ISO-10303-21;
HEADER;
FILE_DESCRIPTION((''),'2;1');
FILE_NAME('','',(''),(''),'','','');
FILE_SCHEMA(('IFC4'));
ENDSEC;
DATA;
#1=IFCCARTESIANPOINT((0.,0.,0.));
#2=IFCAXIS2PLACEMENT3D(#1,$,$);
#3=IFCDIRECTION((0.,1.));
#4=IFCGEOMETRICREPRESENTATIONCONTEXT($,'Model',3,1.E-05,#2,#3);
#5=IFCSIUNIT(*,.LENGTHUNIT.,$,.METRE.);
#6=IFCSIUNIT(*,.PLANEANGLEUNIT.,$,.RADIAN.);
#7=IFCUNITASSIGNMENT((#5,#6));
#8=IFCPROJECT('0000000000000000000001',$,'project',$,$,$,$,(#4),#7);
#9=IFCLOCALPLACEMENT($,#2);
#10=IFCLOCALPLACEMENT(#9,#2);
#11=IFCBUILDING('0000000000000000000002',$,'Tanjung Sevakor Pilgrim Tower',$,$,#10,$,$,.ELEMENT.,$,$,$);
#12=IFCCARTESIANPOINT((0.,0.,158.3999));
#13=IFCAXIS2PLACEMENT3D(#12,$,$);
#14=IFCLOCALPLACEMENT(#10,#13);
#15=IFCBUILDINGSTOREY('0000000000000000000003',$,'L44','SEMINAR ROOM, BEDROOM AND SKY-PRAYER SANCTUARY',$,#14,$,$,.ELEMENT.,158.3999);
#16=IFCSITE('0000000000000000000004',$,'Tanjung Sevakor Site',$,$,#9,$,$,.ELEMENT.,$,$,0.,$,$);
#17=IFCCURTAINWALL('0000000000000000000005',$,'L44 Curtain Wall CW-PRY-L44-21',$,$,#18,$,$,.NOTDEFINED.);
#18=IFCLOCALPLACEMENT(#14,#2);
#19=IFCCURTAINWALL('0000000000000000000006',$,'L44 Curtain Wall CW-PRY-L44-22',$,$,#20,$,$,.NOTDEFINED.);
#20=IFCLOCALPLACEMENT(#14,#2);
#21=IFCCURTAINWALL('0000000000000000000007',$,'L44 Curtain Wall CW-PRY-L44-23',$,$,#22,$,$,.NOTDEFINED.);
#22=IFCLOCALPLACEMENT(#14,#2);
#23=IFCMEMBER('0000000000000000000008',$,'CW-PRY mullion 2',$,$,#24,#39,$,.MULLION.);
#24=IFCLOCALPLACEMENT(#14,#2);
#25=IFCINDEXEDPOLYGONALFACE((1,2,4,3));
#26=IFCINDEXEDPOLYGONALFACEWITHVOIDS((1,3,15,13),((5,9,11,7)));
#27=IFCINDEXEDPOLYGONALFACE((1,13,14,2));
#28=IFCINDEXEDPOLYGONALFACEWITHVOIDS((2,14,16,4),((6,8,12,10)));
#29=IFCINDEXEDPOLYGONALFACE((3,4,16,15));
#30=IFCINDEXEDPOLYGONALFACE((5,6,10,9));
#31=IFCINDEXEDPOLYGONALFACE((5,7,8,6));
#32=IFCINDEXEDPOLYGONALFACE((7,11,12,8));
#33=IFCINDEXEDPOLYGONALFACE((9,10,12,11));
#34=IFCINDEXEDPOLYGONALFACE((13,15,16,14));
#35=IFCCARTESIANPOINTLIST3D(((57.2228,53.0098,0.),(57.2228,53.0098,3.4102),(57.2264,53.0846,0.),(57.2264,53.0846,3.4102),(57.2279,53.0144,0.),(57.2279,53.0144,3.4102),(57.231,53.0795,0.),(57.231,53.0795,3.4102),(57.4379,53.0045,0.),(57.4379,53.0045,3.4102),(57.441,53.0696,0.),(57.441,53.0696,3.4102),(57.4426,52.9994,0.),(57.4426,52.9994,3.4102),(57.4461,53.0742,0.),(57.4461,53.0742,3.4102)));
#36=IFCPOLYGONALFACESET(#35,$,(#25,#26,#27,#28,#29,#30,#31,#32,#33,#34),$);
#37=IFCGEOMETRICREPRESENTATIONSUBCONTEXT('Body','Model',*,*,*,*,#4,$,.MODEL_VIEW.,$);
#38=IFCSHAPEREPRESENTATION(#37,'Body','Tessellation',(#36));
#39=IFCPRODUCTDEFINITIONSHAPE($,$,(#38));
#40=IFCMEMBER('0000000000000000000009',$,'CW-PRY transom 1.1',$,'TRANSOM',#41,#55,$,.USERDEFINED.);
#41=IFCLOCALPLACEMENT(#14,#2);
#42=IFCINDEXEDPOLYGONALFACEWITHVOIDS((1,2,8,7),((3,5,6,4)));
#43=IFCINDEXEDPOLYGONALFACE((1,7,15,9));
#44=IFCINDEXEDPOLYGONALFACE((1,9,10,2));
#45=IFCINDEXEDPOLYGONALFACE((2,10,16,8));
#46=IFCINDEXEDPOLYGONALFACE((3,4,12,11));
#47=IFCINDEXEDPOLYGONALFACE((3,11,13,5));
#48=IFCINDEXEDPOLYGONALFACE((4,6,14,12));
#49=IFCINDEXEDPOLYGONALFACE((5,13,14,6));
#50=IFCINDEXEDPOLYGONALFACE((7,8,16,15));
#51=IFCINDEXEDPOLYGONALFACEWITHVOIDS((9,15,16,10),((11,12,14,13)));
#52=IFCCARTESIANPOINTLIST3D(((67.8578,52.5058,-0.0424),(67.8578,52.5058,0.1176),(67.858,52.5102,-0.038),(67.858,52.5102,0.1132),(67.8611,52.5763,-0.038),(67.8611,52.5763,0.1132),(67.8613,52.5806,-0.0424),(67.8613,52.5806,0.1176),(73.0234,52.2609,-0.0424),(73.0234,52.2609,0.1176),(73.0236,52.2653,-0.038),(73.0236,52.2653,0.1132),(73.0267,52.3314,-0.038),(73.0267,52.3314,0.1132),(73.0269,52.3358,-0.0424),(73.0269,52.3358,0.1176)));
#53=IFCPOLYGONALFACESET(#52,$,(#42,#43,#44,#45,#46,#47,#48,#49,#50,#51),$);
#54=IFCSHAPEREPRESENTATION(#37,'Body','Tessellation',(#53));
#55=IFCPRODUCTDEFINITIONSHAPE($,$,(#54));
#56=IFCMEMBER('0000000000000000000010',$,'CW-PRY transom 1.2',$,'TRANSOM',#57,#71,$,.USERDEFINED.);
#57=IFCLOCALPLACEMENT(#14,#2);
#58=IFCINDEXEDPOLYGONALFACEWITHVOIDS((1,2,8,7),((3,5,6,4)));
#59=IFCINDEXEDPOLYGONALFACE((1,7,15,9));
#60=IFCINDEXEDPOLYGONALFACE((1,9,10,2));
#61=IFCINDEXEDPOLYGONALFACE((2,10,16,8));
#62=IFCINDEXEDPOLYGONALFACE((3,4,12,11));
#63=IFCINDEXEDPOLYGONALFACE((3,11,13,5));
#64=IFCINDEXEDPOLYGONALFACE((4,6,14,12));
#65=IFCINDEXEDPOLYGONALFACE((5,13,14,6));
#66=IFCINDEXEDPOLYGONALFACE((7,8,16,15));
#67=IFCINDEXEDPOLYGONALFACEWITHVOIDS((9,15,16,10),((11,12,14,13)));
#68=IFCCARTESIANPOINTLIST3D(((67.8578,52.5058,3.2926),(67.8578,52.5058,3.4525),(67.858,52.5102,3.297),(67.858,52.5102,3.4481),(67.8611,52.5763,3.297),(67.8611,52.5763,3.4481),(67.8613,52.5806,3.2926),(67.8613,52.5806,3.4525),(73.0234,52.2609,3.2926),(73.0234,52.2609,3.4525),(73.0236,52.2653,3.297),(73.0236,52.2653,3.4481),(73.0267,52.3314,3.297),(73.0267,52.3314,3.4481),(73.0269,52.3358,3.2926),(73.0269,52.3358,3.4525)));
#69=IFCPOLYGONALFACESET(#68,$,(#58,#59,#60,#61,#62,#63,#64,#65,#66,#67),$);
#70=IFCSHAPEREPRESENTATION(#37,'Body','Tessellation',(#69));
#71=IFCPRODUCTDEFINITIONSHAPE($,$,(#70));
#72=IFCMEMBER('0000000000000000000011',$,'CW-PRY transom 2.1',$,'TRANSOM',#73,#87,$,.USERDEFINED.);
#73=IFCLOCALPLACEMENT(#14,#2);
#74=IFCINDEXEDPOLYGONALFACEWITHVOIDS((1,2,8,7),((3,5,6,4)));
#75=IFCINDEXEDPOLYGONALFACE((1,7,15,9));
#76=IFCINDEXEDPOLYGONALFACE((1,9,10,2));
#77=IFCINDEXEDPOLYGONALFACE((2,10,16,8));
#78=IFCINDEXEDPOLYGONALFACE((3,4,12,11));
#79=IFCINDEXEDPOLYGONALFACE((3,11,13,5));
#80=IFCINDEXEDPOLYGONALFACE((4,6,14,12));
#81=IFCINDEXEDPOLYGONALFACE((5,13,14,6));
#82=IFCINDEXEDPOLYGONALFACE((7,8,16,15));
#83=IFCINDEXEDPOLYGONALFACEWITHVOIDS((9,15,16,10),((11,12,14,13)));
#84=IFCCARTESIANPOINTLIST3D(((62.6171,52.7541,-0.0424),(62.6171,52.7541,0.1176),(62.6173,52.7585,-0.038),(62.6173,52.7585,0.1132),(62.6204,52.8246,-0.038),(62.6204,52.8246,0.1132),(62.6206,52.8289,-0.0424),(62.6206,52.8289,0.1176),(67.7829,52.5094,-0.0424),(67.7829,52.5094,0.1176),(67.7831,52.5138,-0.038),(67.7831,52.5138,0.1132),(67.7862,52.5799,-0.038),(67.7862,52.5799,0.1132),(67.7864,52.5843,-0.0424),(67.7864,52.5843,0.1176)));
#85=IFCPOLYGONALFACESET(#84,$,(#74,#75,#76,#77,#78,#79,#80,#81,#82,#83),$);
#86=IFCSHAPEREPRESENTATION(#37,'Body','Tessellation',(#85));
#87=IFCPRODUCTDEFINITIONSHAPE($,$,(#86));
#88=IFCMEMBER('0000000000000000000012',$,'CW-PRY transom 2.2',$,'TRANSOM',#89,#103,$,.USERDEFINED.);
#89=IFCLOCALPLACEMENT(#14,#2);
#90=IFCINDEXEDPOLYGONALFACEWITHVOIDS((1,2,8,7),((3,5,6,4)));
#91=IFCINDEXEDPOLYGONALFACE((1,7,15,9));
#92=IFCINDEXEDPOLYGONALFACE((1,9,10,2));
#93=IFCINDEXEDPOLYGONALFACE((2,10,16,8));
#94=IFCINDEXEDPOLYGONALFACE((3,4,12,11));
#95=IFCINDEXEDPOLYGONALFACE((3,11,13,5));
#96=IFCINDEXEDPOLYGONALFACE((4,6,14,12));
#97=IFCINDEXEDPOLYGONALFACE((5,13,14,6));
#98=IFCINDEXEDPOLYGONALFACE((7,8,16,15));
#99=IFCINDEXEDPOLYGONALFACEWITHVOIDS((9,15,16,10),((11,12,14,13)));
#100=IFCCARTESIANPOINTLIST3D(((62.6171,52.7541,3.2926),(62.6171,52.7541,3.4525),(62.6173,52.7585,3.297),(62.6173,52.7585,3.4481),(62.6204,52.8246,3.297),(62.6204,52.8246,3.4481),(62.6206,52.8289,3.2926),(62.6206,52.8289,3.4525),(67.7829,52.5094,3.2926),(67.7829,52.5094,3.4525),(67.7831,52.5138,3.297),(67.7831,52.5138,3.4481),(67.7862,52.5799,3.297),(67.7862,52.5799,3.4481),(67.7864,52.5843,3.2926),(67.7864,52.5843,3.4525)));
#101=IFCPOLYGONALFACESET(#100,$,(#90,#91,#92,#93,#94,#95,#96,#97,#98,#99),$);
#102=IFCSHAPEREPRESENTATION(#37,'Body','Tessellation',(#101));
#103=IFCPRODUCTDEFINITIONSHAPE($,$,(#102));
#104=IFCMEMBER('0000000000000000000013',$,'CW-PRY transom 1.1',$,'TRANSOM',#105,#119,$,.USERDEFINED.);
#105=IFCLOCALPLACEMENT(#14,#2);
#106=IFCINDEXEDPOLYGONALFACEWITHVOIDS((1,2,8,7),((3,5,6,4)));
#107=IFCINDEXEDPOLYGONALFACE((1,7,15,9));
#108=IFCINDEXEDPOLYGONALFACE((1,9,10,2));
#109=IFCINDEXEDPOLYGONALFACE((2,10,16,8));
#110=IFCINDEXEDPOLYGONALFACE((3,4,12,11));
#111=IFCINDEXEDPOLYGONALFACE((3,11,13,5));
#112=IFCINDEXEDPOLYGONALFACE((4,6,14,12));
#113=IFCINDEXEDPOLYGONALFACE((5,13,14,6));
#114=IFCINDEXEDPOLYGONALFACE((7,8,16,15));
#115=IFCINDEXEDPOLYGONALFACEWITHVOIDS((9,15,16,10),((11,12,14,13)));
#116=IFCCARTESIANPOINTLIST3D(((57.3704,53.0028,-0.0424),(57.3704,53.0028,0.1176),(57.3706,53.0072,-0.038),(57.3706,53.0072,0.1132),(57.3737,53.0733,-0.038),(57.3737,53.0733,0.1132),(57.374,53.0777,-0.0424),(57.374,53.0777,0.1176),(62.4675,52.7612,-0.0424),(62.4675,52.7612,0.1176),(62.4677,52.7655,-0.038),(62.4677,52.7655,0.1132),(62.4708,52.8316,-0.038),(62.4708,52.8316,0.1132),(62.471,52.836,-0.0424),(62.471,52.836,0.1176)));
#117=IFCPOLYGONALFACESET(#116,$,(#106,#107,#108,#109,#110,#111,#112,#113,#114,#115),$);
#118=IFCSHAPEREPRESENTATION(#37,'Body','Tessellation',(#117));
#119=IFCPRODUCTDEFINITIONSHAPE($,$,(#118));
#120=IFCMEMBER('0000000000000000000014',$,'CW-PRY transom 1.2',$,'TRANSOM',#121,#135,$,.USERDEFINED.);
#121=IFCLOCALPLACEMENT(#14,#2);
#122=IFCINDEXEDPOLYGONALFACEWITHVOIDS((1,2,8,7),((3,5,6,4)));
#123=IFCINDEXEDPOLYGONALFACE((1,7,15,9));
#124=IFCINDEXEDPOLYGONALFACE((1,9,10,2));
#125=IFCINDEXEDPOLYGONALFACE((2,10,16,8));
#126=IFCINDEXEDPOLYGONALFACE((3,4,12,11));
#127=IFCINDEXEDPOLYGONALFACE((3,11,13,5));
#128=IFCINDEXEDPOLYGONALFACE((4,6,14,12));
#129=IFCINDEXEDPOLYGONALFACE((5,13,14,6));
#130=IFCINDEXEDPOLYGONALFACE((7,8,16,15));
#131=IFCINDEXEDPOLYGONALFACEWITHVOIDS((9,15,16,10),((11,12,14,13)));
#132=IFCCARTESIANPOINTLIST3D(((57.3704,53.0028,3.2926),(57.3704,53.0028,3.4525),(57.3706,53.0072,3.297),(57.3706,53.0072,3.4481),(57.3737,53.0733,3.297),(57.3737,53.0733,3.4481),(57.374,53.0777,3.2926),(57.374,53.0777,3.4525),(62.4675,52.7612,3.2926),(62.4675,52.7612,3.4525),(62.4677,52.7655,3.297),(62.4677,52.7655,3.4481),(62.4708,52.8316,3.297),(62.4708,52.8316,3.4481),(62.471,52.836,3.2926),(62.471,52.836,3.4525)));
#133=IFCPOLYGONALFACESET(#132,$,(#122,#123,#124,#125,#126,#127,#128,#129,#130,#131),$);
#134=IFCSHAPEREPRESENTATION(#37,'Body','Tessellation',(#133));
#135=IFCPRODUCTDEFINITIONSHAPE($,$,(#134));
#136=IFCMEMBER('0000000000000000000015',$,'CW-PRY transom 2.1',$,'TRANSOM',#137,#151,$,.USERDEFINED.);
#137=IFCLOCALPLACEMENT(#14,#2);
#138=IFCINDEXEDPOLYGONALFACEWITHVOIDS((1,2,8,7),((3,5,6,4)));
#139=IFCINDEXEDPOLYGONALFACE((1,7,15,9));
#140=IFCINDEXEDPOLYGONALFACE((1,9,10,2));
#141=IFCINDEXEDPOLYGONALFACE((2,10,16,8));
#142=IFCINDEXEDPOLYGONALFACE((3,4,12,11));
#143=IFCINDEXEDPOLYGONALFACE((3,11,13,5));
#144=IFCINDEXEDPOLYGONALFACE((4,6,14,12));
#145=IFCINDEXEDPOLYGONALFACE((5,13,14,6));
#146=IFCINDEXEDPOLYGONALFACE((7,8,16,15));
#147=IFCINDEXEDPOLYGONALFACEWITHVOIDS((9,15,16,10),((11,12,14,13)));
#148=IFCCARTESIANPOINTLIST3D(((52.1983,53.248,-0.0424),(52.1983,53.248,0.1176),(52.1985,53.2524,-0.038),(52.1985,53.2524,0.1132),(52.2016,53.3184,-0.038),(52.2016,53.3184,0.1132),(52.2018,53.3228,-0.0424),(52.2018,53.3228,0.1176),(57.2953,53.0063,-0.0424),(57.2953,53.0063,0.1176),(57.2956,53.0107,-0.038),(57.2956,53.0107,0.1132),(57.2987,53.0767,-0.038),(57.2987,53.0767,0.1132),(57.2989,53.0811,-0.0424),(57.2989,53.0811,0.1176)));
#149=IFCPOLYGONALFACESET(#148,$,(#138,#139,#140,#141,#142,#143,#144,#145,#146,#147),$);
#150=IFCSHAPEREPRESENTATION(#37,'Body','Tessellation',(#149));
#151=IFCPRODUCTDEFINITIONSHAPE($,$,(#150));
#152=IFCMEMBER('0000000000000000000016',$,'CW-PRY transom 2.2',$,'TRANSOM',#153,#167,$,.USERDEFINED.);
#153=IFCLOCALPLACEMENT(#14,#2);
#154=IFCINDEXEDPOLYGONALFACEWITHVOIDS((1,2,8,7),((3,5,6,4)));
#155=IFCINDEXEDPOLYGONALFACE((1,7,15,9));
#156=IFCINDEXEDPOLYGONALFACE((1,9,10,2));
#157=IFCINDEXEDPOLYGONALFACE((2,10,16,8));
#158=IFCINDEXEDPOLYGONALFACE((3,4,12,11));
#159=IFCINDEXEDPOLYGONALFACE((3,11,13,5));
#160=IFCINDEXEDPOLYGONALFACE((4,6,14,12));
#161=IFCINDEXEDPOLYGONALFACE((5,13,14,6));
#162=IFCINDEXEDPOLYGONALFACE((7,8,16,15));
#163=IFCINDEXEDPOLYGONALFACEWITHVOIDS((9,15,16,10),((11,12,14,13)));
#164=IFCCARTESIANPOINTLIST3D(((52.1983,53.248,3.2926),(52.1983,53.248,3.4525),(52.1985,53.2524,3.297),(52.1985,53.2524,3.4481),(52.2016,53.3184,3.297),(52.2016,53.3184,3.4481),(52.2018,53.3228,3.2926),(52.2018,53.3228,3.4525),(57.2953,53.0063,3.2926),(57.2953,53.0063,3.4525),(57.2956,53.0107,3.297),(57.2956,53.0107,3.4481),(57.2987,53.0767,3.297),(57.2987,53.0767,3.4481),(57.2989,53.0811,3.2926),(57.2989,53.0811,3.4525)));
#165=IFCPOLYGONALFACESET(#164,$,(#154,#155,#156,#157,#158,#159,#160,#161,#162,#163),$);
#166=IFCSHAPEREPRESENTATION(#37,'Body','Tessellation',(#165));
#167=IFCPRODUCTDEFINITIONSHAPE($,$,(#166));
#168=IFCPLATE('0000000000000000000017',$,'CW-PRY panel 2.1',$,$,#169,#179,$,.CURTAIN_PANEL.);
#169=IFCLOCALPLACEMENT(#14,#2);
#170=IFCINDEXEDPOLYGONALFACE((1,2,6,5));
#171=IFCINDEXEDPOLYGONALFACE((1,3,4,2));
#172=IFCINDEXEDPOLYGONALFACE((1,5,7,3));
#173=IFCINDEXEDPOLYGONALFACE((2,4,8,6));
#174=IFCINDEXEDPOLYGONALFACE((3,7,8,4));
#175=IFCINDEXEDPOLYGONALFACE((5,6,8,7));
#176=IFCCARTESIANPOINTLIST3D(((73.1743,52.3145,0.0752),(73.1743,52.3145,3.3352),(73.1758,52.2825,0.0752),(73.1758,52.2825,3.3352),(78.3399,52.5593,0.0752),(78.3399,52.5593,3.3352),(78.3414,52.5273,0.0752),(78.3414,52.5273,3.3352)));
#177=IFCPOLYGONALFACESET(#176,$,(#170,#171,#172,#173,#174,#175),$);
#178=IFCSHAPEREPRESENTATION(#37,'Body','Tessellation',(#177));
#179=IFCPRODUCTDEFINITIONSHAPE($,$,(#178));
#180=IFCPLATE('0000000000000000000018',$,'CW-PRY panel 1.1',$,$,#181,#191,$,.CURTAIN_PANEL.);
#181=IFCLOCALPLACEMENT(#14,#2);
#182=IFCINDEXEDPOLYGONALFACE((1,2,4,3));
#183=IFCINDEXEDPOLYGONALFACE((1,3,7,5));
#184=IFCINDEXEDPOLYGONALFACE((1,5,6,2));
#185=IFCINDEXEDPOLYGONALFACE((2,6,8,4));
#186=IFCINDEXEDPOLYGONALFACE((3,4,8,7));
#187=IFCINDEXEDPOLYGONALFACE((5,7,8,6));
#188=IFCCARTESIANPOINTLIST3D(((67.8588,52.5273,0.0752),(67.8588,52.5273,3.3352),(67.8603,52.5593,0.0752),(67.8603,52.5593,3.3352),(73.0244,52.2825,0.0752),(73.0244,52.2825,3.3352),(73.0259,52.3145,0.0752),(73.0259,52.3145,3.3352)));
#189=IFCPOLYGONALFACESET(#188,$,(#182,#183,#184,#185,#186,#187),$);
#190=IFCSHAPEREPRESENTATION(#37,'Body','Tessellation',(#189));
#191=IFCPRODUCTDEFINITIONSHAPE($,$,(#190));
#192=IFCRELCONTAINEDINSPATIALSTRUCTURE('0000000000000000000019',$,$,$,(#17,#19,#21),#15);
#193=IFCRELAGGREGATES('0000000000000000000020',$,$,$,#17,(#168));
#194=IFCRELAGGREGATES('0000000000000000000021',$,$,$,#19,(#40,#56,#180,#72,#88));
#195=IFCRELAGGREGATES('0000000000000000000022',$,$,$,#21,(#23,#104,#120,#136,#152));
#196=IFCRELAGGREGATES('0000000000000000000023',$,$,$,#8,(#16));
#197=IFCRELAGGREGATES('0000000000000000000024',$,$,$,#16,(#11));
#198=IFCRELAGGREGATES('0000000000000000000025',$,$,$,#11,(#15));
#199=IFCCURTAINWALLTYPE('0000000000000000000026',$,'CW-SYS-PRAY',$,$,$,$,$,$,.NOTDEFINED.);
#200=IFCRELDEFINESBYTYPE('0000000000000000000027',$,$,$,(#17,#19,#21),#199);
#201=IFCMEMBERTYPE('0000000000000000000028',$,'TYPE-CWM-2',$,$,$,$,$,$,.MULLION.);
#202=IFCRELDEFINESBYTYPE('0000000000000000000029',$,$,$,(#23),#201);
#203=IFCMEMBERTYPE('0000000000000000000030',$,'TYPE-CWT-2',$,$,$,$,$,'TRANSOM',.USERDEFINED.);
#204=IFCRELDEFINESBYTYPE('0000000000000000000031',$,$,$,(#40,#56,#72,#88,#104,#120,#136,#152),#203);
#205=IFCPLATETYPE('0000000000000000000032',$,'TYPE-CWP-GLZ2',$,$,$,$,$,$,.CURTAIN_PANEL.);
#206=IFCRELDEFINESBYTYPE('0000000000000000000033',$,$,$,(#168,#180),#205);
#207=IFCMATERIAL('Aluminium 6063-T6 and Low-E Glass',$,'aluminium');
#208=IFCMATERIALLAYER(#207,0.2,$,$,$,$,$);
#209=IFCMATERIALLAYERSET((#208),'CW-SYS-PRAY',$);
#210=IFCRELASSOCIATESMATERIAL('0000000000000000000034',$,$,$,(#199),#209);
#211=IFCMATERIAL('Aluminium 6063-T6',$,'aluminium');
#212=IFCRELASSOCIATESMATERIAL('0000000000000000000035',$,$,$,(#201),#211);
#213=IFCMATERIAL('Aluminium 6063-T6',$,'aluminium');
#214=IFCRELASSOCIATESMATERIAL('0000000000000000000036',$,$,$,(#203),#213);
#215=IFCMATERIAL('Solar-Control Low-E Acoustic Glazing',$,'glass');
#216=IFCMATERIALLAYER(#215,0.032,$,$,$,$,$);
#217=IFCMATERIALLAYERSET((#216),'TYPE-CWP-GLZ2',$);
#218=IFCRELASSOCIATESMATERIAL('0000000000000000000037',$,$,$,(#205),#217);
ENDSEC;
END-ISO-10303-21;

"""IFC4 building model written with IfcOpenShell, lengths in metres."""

from ifc_helpers import new_model, si_unit, direction, frame, origin, origin_2d, place, context, subcontext, project, spatial, rectangle, hollow_rectangle, extrude, material, layer, layer_set, material_profile, profile_set, type_object, element, aggregate, save


model = new_model("IFC4")

# Units and contexts
model_context = context("Model", 3, precision=1e-05, world=origin(), true_north=direction((0.0, 1.0)))
body_context = subcontext(model_context, "Body", "Model", "MODEL_VIEW")
ifc_project = project(units=[si_unit("LENGTHUNIT", "METRE"), si_unit("PLANEANGLEUNIT", "RADIAN")], contexts=[model_context])

# Site, building, storey
site_placement = place(None, origin())
site = spatial("IfcSite", under=ifc_project, at=site_placement, Name="Tanjung Sevakor Site", CompositionType="ELEMENT", RefElevation=0.0)
building_placement = place(site_placement, origin())
building = spatial("IfcBuilding", under=site, at=building_placement, Name="Tanjung Sevakor Pilgrim Tower", CompositionType="ELEMENT")
storey_placement = place(building_placement, frame((0.0, 0.0, 158.3999)))
storey = spatial("IfcBuildingStorey", under=building, at=storey_placement, Name="L44", Description="SEMINAR ROOM, BEDROOM AND SKY-PRAYER SANCTUARY", CompositionType="ELEMENT", Elevation=158.3999)

# Curtain wall
ifc_material_1 = material(Name="Aluminium 6063-T6 and Low-E Glass", Category="aluminium")
ifc_layer_1 = layer(ifc_material_1, 0.2)
ifc_layer_set_1 = layer_set([ifc_layer_1], Name="CW-SYS-PRAY")
curtain_wall_type = type_object("IfcCurtainWallType", Name="CW-SYS-PRAY", PredefinedType="NOTDEFINED", material=ifc_layer_set_1)
curtain_wall_1_placement = place(storey_placement, origin())
curtain_wall_1 = element("IfcCurtainWall", 1, at=curtain_wall_1_placement, inside=storey, type_object=curtain_wall_type, Name="L44 Curtain Wall CW-PRY-L44-21", PredefinedType="NOTDEFINED")
ifc_material_2 = material(Name="Aluminium 6063-T6", Category="aluminium")
ifc_material_profile_1 = material_profile(ifc_material_2, hollow_rectangle(XDim=0.075, YDim=0.22, WallThickness=0.0049, at=origin_2d()))
ifc_profile_set_1 = profile_set([ifc_material_profile_1], Name="Aluminium 6063-T6")
member_type_1 = type_object("IfcMemberType", Name="TYPE-CWM-2", PredefinedType="MULLION", material=ifc_profile_set_1)

# Curtain walls, member
curtain_wall_2_placement = place(storey_placement, origin())
curtain_wall_2 = element("IfcCurtainWall", 2, at=curtain_wall_2_placement, inside=storey, type_object=curtain_wall_type, Name="L44 Curtain Wall CW-PRY-L44-22", PredefinedType="NOTDEFINED")
curtain_wall_3_placement = place(storey_placement, origin())
curtain_wall_3 = element("IfcCurtainWall", 3, at=curtain_wall_3_placement, inside=storey, type_object=curtain_wall_type, Name="L44 Curtain Wall CW-PRY-L44-23", PredefinedType="NOTDEFINED")
member_1_placement = place(storey_placement, frame((57.3345, 53.042, 0.0), z_axis=(0.0, 0.0, 1.0), x_axis=(-0.047341, -0.998879, 0.0)))
member_1 = element("IfcMember", 4, at=member_1_placement, type_object=member_type_1, Name="CW-PRY mullion 2", PredefinedType="MULLION", context=body_context, shape_type="SweptSolid", body=[
    extrude(hollow_rectangle(XDim=0.075, YDim=0.22, WallThickness=0.0049, at=origin_2d()), origin(), (0.0, 0.0, 1.0), 3.4102),
])

# Members
ifc_material_3 = material(Name="Aluminium 6063-T6", Category="aluminium")
ifc_material_profile_2 = material_profile(ifc_material_3, hollow_rectangle(XDim=0.075, YDim=0.1599, WallThickness=0.0044, at=origin_2d()))
ifc_profile_set_2 = profile_set([ifc_material_profile_2], Name="Aluminium 6063-T6")
member_type_2 = type_object("IfcMemberType", Name="TYPE-CWT-2", ElementType="TRANSOM", PredefinedType="USERDEFINED", material=ifc_profile_set_2)
member_2_placement = place(storey_placement, frame((73.0251, 52.2983, 0.0376), z_axis=(-0.998878, 0.047352, 0.0), x_axis=(-0.047352, -0.998878, 0.0)))
member_2 = element("IfcMember", 5, at=member_2_placement, type_object=member_type_2, Name="CW-PRY transom 1.1", ObjectType="TRANSOM", PredefinedType="USERDEFINED", context=body_context, shape_type="SweptSolid", body=[
    extrude(hollow_rectangle(XDim=0.075, YDim=0.1599, WallThickness=0.0044, at=origin_2d()), origin(), (0.0, 0.0, 1.0), 5.1714),
])
member_3_placement = place(storey_placement, frame((73.0251, 52.2983, 3.3726), z_axis=(-0.998878, 0.047352, 0.0), x_axis=(-0.047352, -0.998878, 0.0)))
member_3 = element("IfcMember", 6, at=member_3_placement, type_object=member_type_2, Name="CW-PRY transom 1.2", ObjectType="TRANSOM", PredefinedType="USERDEFINED", context=body_context, shape_type="SweptSolid", body=[
    extrude(hollow_rectangle(XDim=0.075, YDim=0.1599, WallThickness=0.0044, at=origin_2d()), origin(), (0.0, 0.0, 1.0), 5.1714),
])
member_4_placement = place(storey_placement, frame((67.7847, 52.5469, 0.0376), z_axis=(-0.998881, 0.047303, 0.0), x_axis=(-0.047303, -0.998881, 0.0)))
member_4 = element("IfcMember", 7, at=member_4_placement, type_object=member_type_2, Name="CW-PRY transom 2.1", ObjectType="TRANSOM", PredefinedType="USERDEFINED", context=body_context, shape_type="SweptSolid", body=[
    extrude(hollow_rectangle(XDim=0.075, YDim=0.1599, WallThickness=0.0044, at=origin_2d()), origin(), (0.0, 0.0, 1.0), 5.1716),
])
member_5_placement = place(storey_placement, frame((67.7847, 52.5469, 3.3726), z_axis=(-0.998881, 0.047303, 0.0), x_axis=(-0.047303, -0.998881, 0.0)))
member_5 = element("IfcMember", 8, at=member_5_placement, type_object=member_type_2, Name="CW-PRY transom 2.2", ObjectType="TRANSOM", PredefinedType="USERDEFINED", context=body_context, shape_type="SweptSolid", body=[
    extrude(hollow_rectangle(XDim=0.075, YDim=0.1599, WallThickness=0.0044, at=origin_2d()), origin(), (0.0, 0.0, 1.0), 5.1716),
])
member_6_placement = place(storey_placement, frame((62.4692, 52.7986, 0.0376), z_axis=(-0.998878, 0.047365, 0.0), x_axis=(-0.047365, -0.998878, 0.0)))
member_6 = element("IfcMember", 9, at=member_6_placement, type_object=member_type_2, Name="CW-PRY transom 1.1", ObjectType="TRANSOM", PredefinedType="USERDEFINED", context=body_context, shape_type="SweptSolid", body=[
    extrude(hollow_rectangle(XDim=0.075, YDim=0.1599, WallThickness=0.0044, at=origin_2d()), origin(), (0.0, 0.0, 1.0), 5.1028),
])
member_7_placement = place(storey_placement, frame((62.4692, 52.7986, 3.3726), z_axis=(-0.998878, 0.047365, 0.0), x_axis=(-0.047365, -0.998878, 0.0)))
member_7 = element("IfcMember", 10, at=member_7_placement, type_object=member_type_2, Name="CW-PRY transom 1.2", ObjectType="TRANSOM", PredefinedType="USERDEFINED", context=body_context, shape_type="SweptSolid", body=[
    extrude(hollow_rectangle(XDim=0.075, YDim=0.1599, WallThickness=0.0044, at=origin_2d()), origin(), (0.0, 0.0, 1.0), 5.1028),
])
member_8_placement = place(storey_placement, frame((57.2971, 53.0437, 0.0376), z_axis=(-0.998878, 0.047365, 0.0), x_axis=(-0.047365, -0.998878, 0.0)))
member_8 = element("IfcMember", 11, at=member_8_placement, type_object=member_type_2, Name="CW-PRY transom 2.1", ObjectType="TRANSOM", PredefinedType="USERDEFINED", context=body_context, shape_type="SweptSolid", body=[
    extrude(hollow_rectangle(XDim=0.075, YDim=0.1599, WallThickness=0.0044, at=origin_2d()), origin(), (0.0, 0.0, 1.0), 5.1028),
])
member_9_placement = place(storey_placement, frame((57.2971, 53.0437, 3.3726), z_axis=(-0.998878, 0.047365, 0.0), x_axis=(-0.047365, -0.998878, 0.0)))
member_9 = element("IfcMember", 12, at=member_9_placement, type_object=member_type_2, Name="CW-PRY transom 2.2", ObjectType="TRANSOM", PredefinedType="USERDEFINED", context=body_context, shape_type="SweptSolid", body=[
    extrude(hollow_rectangle(XDim=0.075, YDim=0.1599, WallThickness=0.0044, at=origin_2d()), origin(), (0.0, 0.0, 1.0), 5.1028),
])

# Plates
ifc_material_4 = material(Name="Solar-Control Low-E Acoustic Glazing", Category="glass")
ifc_layer_2 = layer(ifc_material_4, 0.032)
ifc_layer_set_2 = layer_set([ifc_layer_2], Name="TYPE-CWP-GLZ2")
plate_type = type_object("IfcPlateType", Name="TYPE-CWP-GLZ2", PredefinedType="CURTAIN_PANEL", material=ifc_layer_set_2)
plate_1_placement = place(storey_placement, frame((75.7578, 52.4209, 0.0752), z_axis=(0.0, 0.0, 1.0), x_axis=(-0.998879, -0.047333, 0.0)))
plate_1 = element("IfcPlate", 13, at=plate_1_placement, type_object=plate_type, Name="CW-PRY panel 2.1", PredefinedType="CURTAIN_PANEL", context=body_context, shape_type="SweptSolid", body=[
    extrude(rectangle(XDim=5.1714, YDim=0.032, at=origin_2d()), origin(), (0.0, 0.0, 1.0), 3.26),
])
aggregate(curtain_wall_1, [plate_1])
plate_2_placement = place(storey_placement, frame((70.4424, 52.4209, 0.0752), z_axis=(0.0, 0.0, 1.0), x_axis=(-0.998879, 0.047333, 0.0)))
plate_2 = element("IfcPlate", 14, at=plate_2_placement, type_object=plate_type, Name="CW-PRY panel 1.1", PredefinedType="CURTAIN_PANEL", context=body_context, shape_type="SweptSolid", body=[
    extrude(rectangle(XDim=5.1714, YDim=0.032, at=origin_2d()), origin(), (0.0, 0.0, 1.0), 3.26),
])
aggregate(curtain_wall_2, [member_2, member_3, plate_2, member_4, member_5])
aggregate(curtain_wall_3, [member_1, member_6, member_7, member_8, member_9])

save(model, "model.ifc")
